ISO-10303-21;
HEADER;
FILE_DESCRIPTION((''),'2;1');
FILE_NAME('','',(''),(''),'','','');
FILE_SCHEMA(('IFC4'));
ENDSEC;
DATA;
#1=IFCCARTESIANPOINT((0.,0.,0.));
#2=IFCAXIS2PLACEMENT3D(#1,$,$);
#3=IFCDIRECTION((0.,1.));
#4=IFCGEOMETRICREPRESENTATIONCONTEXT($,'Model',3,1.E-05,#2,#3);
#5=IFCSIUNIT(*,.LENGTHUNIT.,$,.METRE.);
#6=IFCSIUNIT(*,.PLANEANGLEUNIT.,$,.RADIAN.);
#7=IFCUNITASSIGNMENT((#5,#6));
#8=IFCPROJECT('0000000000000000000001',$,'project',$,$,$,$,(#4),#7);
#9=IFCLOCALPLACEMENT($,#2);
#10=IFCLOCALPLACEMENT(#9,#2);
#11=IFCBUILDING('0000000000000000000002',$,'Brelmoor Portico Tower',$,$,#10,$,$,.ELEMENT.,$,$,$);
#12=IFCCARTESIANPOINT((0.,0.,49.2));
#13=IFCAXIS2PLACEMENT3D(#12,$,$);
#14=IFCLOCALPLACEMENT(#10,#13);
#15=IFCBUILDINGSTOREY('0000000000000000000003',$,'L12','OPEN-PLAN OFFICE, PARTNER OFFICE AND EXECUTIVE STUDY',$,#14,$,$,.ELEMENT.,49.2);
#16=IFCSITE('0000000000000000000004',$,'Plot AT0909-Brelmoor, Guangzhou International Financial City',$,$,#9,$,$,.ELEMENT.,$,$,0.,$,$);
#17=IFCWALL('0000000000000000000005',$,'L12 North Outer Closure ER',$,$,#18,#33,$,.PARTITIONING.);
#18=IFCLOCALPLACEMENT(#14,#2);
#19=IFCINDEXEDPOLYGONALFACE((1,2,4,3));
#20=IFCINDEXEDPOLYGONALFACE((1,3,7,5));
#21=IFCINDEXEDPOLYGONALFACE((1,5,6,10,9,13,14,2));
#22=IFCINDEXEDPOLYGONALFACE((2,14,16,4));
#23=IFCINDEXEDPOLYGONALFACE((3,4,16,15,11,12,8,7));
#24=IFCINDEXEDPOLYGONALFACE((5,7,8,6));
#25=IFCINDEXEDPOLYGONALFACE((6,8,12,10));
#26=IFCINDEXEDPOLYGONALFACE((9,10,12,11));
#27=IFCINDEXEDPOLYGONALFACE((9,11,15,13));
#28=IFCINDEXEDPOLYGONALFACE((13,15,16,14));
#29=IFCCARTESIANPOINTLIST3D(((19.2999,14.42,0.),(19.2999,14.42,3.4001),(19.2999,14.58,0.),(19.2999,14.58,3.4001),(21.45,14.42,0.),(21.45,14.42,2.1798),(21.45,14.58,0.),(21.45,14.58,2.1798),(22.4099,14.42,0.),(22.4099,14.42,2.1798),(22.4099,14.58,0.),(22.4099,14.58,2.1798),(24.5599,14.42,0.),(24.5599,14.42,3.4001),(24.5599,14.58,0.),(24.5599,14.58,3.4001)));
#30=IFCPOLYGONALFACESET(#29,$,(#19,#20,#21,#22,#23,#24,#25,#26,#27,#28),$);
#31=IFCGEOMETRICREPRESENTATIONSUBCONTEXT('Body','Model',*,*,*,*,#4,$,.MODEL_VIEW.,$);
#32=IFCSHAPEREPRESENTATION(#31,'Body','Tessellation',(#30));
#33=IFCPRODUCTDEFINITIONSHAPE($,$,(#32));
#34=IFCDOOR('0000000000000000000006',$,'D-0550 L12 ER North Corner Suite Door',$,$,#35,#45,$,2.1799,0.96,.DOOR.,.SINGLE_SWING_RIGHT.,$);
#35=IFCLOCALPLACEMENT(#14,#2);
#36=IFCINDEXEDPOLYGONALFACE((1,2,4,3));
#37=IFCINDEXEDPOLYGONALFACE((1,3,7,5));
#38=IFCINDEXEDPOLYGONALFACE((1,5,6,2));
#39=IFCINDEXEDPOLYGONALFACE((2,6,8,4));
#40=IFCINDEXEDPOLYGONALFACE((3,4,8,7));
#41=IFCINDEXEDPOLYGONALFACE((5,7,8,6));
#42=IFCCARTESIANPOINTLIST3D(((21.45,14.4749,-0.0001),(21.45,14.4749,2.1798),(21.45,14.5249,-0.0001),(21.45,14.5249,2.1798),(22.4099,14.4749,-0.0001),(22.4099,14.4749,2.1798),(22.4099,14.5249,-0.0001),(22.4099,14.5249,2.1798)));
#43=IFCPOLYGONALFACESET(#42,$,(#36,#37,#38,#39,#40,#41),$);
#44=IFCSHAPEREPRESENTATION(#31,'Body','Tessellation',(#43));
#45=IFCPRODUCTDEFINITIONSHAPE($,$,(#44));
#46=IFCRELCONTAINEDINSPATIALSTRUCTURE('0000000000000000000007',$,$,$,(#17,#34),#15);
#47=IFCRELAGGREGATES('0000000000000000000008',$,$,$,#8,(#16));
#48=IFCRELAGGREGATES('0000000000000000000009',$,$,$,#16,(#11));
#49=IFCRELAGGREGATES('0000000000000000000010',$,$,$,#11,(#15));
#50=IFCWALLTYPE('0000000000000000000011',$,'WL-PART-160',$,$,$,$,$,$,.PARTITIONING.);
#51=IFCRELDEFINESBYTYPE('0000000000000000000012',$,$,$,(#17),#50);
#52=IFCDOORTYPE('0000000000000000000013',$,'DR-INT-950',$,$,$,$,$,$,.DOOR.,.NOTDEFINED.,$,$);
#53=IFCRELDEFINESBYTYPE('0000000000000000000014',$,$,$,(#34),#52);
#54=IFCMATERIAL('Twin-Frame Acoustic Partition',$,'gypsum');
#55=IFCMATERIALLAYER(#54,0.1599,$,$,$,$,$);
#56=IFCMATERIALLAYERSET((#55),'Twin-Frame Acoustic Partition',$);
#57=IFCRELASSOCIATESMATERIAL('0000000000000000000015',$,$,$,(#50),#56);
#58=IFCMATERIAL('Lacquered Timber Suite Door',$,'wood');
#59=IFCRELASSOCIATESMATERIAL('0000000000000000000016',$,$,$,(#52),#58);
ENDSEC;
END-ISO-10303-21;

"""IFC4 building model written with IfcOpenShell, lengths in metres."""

from ifc_helpers import new_model, si_unit, direction, frame, frame_2d, origin, place, context, subcontext, project, spatial, rectangle, extrude, material, layer, layer_set, type_object, element, fill, save


model = new_model("IFC4")

# Units and contexts
model_context = context("Model", 3, precision=1e-05, world=origin(), true_north=direction((0.0, 1.0)))
body_context = subcontext(model_context, "Body", "Model", "MODEL_VIEW")
ifc_project = project(units=[si_unit("LENGTHUNIT", "METRE"), si_unit("PLANEANGLEUNIT", "RADIAN")], contexts=[model_context])

# Site, building, storey
site_placement = place(None, origin())
site = spatial("IfcSite", under=ifc_project, at=site_placement, Name="Plot AT0909-Brelmoor, Guangzhou International Financial City", CompositionType="ELEMENT", RefElevation=0.0)
building_placement = place(site_placement, origin())
building = spatial("IfcBuilding", under=site, at=building_placement, Name="Brelmoor Portico Tower", CompositionType="ELEMENT")
storey_placement = place(building_placement, frame((0.0, 0.0, 49.2)))
storey = spatial("IfcBuildingStorey", under=building, at=storey_placement, Name="L12", Description="OPEN-PLAN OFFICE, PARTNER OFFICE AND EXECUTIVE STUDY", CompositionType="ELEMENT", Elevation=49.2)

# Wall, opening, door
ifc_material_1 = material(Name="Twin-Frame Acoustic Partition", Category="gypsum")
ifc_layer_1 = layer(ifc_material_1, 0.1599)
ifc_layer_set_1 = layer_set([ifc_layer_1], Name="Twin-Frame Acoustic Partition")
wall_type_1 = type_object("IfcWallType", Name="WL-PART-160", PredefinedType="PARTITIONING", material=ifc_layer_set_1)
wall_placement = place(storey_placement, frame((19.3, 14.5, 0.0), z_axis=(0.0, 0.0, 1.0), x_axis=(1.0, 0.0, 0.0)))
wall = element("IfcWall", 1, at=wall_placement, inside=storey, type_object=wall_type_1, Name="L12 North Outer Closure ER", PredefinedType="PARTITIONING", context=body_context, shape_type="SweptSolid", body=[
    extrude(rectangle(XDim=5.26, YDim=0.1599, at=frame_2d((2.6299, 0.0))), origin(), (0.0, 0.0, 1.0), 3.4001),
])
opening_placement = place(wall_placement, frame((2.1499, 0.0, 0.0)))
opening = element("IfcOpeningElement", 2, at=opening_placement, cuts=wall, PredefinedType="OPENING", context=body_context, shape_type="SweptSolid", body=[
    extrude(rectangle(XDim=0.96, YDim=2.1799, at=frame_2d((0.48, 1.0898))), frame((0.0, 0.0898, 0.0), z_axis=(0.0, -1.0, 0.0), x_axis=(1.0, 0.0, 0.0)), (0.0, 0.0, 1.0), 0.1799),
])
ifc_material_2 = material(Name="Lacquered Timber Suite Door", Category="wood")
door_type = type_object("IfcDoorType", Name="DR-INT-950", OperationType="NOTDEFINED", PredefinedType="DOOR", material=ifc_material_2)
door_placement = place(opening_placement, origin())
door = element("IfcDoor", 3, at=door_placement, inside=storey, type_object=door_type, Name="D-0550 L12 ER North Corner Suite Door", OperationType="SINGLE_SWING_RIGHT", OverallHeight=2.1799, OverallWidth=0.96, PredefinedType="DOOR", context=body_context, shape_type="SweptSolid", body=[
    extrude(rectangle(XDim=0.96, YDim=2.1799, at=frame_2d((0.48, 1.0898))), frame((0.0, 0.0249, 0.0), z_axis=(0.0, -1.0, 0.0), x_axis=(1.0, 0.0, 0.0)), (0.0, 0.0, 1.0), 0.05),
])
fill(opening, door)

save(model, "model.ifc")
